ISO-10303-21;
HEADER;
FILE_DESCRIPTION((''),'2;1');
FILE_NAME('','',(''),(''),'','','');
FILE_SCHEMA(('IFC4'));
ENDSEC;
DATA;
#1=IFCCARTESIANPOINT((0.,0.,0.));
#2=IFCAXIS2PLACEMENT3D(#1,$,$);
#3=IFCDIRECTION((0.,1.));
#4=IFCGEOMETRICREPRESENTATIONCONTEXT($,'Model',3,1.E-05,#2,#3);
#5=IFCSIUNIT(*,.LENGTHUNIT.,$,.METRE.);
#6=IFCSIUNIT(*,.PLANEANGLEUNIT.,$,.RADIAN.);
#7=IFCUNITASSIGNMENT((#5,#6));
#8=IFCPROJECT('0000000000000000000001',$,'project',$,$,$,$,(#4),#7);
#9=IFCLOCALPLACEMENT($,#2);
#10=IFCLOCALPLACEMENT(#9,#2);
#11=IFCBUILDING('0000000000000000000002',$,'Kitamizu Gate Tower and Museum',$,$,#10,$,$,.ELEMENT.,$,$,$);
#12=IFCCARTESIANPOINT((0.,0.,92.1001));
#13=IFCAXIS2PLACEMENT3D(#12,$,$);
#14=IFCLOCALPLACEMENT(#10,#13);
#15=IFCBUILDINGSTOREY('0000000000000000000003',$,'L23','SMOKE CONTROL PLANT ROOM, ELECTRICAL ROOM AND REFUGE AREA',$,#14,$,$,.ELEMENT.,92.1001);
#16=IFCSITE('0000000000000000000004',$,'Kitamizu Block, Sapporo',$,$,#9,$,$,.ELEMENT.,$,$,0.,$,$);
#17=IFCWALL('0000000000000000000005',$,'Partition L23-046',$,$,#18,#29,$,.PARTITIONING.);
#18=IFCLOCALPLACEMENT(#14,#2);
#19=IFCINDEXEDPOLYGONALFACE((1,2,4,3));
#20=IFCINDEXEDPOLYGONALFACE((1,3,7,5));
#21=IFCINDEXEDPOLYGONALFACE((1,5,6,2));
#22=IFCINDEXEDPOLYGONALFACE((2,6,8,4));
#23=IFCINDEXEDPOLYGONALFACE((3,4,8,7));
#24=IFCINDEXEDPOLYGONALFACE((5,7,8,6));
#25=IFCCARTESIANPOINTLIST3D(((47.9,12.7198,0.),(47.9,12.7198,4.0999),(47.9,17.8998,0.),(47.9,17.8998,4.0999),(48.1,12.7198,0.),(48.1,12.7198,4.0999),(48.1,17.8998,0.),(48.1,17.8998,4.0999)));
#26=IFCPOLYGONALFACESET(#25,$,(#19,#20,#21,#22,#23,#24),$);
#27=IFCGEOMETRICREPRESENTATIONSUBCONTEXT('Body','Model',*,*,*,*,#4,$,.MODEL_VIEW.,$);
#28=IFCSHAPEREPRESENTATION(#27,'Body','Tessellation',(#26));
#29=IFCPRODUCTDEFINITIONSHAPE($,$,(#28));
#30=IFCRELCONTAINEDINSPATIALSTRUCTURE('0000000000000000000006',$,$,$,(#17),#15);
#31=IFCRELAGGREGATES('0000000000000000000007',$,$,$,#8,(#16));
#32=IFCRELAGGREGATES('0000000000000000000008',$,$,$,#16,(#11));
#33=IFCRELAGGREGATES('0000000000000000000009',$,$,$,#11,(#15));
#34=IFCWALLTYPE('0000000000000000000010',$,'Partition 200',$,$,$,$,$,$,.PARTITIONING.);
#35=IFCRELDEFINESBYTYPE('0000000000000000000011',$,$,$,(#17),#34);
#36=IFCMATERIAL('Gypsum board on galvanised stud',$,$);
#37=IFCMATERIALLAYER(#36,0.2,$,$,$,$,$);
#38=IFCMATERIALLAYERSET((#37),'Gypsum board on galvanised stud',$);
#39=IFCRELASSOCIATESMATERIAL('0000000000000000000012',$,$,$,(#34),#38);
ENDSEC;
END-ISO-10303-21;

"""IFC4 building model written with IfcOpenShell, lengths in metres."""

from ifc_helpers import new_model, si_unit, direction, frame, frame_2d, origin, place, context, subcontext, project, spatial, rectangle, extrude, material, layer, layer_set, type_object, element, save


model = new_model("IFC4")

# Units and contexts
model_context = context("Model", 3, precision=1e-05, world=origin(), true_north=direction((0.0, 1.0)))
body_context = subcontext(model_context, "Body", "Model", "MODEL_VIEW")
ifc_project = project(units=[si_unit("LENGTHUNIT", "METRE"), si_unit("PLANEANGLEUNIT", "RADIAN")], contexts=[model_context])

# Site, building, storey
site_placement = place(None, origin())
site = spatial("IfcSite", under=ifc_project, at=site_placement, Name="Kitamizu Block, Sapporo", CompositionType="ELEMENT", RefElevation=0.0)
building_placement = place(site_placement, origin())
building = spatial("IfcBuilding", under=site, at=building_placement, Name="Kitamizu Gate Tower and Museum", CompositionType="ELEMENT")
storey_placement = place(building_placement, frame((0.0, 0.0, 92.1001)))
storey = spatial("IfcBuildingStorey", under=building, at=storey_placement, Name="L23", Description="SMOKE CONTROL PLANT ROOM, ELECTRICAL ROOM AND REFUGE AREA", CompositionType="ELEMENT", Elevation=92.1001)

# Shared definitions
ifc_material_1 = material(Name="Gypsum board on galvanised stud")
ifc_layer = layer(ifc_material_1, 0.2)
ifc_layer_set = layer_set([ifc_layer], Name="Gypsum board on galvanised stud")
wall_type = type_object("IfcWallType", Name="Partition 200", PredefinedType="PARTITIONING", material=ifc_layer_set)

# Wall
wall_1_placement = place(storey_placement, frame((48.0, 12.72, 0.0), z_axis=(0.0, 0.0, 1.0), x_axis=(0.0, 1.0, 0.0)))
element("IfcWall", 1, at=wall_1_placement, inside=storey, type_object=wall_type, Name="Partition L23-046", PredefinedType="PARTITIONING", context=body_context, shape_type="SweptSolid", body=[
    extrude(rectangle(XDim=5.1799, YDim=0.2, at=frame_2d((2.5898, 0.0))), origin(), (0.0, 0.0, 1.0), 4.0999),
])

save(model, "model.ifc")
